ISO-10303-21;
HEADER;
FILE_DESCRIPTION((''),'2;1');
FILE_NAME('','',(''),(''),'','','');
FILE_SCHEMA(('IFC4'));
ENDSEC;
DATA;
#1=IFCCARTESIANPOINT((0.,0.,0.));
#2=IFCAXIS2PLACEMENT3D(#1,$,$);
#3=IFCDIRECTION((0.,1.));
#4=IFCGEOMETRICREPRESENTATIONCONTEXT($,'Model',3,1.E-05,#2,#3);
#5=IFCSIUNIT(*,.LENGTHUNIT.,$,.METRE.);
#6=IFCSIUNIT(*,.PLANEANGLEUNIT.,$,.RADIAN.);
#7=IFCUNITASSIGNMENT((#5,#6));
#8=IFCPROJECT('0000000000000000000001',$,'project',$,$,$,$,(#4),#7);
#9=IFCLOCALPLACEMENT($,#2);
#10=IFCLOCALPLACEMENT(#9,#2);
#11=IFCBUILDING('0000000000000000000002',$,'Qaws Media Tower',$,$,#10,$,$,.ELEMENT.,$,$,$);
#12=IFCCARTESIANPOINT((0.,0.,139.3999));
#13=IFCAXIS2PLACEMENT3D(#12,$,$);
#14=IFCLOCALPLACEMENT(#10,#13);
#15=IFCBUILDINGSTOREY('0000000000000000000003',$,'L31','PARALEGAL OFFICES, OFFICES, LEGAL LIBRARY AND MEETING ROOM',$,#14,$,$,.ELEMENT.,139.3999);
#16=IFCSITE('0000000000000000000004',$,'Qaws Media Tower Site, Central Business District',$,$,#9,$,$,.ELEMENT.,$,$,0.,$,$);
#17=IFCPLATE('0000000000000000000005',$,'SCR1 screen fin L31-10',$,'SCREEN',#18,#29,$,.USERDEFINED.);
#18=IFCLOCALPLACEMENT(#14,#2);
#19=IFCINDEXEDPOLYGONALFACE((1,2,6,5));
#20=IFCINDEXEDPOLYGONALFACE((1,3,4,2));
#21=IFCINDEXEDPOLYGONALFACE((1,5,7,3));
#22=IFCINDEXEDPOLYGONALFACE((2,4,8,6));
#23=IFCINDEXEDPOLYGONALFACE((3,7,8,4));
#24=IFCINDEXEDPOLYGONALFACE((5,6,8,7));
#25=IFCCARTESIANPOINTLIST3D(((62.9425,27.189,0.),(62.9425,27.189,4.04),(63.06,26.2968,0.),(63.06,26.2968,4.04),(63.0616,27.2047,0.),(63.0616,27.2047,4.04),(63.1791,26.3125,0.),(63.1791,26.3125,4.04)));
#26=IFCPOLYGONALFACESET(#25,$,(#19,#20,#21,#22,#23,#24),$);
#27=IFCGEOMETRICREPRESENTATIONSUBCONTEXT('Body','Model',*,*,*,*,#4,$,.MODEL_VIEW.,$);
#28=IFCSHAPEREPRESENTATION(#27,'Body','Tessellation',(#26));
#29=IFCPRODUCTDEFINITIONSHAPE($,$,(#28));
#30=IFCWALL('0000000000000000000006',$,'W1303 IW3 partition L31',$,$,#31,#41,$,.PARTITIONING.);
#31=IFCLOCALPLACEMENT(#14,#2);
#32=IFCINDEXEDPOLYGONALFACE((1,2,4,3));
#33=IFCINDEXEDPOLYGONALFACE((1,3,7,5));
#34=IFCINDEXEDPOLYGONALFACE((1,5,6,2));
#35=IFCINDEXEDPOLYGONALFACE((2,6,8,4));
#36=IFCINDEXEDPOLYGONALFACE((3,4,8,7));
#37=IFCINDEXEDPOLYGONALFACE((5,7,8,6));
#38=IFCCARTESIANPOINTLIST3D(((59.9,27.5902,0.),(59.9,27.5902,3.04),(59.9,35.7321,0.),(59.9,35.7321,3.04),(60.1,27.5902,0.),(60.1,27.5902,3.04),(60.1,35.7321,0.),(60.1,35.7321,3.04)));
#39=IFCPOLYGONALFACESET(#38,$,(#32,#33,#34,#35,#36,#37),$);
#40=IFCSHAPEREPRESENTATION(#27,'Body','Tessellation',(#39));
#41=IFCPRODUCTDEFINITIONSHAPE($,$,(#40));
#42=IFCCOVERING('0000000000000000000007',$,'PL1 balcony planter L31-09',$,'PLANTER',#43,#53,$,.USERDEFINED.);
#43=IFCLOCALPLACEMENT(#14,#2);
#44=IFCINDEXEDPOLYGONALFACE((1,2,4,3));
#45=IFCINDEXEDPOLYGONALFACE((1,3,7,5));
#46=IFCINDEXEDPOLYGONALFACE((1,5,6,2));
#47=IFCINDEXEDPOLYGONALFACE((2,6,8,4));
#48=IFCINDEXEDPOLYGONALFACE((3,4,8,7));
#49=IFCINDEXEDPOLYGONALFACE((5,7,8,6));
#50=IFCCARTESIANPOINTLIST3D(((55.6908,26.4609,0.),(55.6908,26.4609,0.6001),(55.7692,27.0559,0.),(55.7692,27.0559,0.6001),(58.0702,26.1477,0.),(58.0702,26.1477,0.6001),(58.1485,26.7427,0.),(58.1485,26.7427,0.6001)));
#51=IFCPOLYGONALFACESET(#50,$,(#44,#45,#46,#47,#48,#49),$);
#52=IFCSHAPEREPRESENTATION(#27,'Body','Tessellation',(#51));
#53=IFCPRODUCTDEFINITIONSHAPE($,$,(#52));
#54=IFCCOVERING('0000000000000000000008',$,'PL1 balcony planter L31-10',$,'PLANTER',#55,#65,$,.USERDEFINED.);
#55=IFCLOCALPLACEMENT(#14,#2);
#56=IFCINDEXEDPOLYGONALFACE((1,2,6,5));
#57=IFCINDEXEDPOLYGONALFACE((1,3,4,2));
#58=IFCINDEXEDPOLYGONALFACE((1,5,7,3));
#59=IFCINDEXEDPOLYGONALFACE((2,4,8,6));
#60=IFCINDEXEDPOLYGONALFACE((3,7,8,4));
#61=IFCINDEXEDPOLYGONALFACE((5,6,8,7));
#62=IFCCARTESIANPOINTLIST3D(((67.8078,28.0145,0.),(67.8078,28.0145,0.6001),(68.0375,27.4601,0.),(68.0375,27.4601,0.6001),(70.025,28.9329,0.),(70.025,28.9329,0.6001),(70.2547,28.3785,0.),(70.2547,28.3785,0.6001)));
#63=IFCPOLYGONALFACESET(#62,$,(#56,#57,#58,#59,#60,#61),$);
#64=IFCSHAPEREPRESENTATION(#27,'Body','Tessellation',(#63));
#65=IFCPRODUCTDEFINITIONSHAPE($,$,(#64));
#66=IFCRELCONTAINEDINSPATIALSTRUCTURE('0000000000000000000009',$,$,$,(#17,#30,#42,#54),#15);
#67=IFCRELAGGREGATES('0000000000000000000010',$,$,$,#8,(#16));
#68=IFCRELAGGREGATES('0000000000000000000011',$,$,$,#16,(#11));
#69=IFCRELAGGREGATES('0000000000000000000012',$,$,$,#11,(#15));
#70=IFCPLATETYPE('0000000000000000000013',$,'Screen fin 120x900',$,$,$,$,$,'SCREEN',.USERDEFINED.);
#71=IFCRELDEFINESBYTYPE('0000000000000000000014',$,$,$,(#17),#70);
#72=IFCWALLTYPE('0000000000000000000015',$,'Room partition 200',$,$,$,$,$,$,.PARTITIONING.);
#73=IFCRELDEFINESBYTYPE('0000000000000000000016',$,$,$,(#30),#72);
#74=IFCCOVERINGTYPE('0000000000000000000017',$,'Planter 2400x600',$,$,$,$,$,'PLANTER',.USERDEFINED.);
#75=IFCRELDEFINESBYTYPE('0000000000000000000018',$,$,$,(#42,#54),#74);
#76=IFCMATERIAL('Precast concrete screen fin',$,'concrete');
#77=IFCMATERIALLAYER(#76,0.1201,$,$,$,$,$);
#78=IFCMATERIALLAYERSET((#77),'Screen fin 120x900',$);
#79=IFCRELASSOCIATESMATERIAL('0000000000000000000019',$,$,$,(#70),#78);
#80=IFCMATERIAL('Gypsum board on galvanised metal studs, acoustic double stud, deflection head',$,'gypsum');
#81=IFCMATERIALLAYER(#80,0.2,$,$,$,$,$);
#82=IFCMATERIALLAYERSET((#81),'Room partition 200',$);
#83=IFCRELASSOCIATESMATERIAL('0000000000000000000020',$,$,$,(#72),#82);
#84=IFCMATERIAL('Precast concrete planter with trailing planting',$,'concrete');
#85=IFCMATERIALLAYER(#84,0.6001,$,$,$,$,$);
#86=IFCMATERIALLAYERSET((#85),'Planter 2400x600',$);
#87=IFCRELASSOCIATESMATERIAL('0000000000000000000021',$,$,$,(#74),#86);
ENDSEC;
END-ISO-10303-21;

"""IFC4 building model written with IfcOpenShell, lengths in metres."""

from ifc_helpers import new_model, si_unit, direction, frame, frame_2d, origin, origin_2d, place, context, subcontext, project, spatial, rectangle, extrude, material, layer, layer_set, type_object, element, save


model = new_model("IFC4")

# Units and contexts
model_context = context("Model", 3, precision=1e-05, world=origin(), true_north=direction((0.0, 1.0)))
body_context = subcontext(model_context, "Body", "Model", "MODEL_VIEW")
ifc_project = project(units=[si_unit("LENGTHUNIT", "METRE"), si_unit("PLANEANGLEUNIT", "RADIAN")], contexts=[model_context])

# Site, building, storey
site_placement = place(None, origin())
site = spatial("IfcSite", under=ifc_project, at=site_placement, Name="Qaws Media Tower Site, Central Business District", CompositionType="ELEMENT", RefElevation=0.0)
building_placement = place(site_placement, origin())
building = spatial("IfcBuilding", under=site, at=building_placement, Name="Qaws Media Tower", CompositionType="ELEMENT")
storey_placement = place(building_placement, frame((0.0, 0.0, 139.3999)))
storey = spatial("IfcBuildingStorey", under=building, at=storey_placement, Name="L31", Description="PARALEGAL OFFICES, OFFICES, LEGAL LIBRARY AND MEETING ROOM", CompositionType="ELEMENT", Elevation=139.3999)

# Plate
ifc_material_1 = material(Name="Precast concrete screen fin", Category="concrete")
ifc_layer_1 = layer(ifc_material_1, 0.1201)
ifc_layer_set_1 = layer_set([ifc_layer_1], Name="Screen fin 120x900")
plate_type_1 = type_object("IfcPlateType", Name="Screen fin 120x900", ElementType="SCREEN", PredefinedType="USERDEFINED", material=ifc_layer_set_1)
plate_1_placement = place(storey_placement, frame((63.0608, 26.7507, 0.0), z_axis=(0.0, 0.0, 1.0), x_axis=(0.130526, -0.991445, 0.0)))
element("IfcPlate", 1, at=plate_1_placement, inside=storey, type_object=plate_type_1, Name="SCR1 screen fin L31-10", ObjectType="SCREEN", PredefinedType="USERDEFINED", context=body_context, shape_type="SweptSolid", body=[
    extrude(rectangle(XDim=0.8999, YDim=0.1201, at=origin_2d()), origin(), (0.0, 0.0, 1.0), 4.04),
])

# Wall
ifc_material_2 = material(Name="Gypsum board on galvanised metal studs, acoustic double stud, deflection head", Category="gypsum")
ifc_layer_2 = layer(ifc_material_2, 0.2)
ifc_layer_set_2 = layer_set([ifc_layer_2], Name="Room partition 200")
wall_type_1 = type_object("IfcWallType", Name="Room partition 200", PredefinedType="PARTITIONING", material=ifc_layer_set_2)
wall_1_placement = place(storey_placement, frame((60.0, 35.7319, 0.0), z_axis=(0.0, 0.0, 1.0), x_axis=(0.0, -1.0, 0.0)))
element("IfcWall", 2, at=wall_1_placement, inside=storey, type_object=wall_type_1, Name="W1303 IW3 partition L31", PredefinedType="PARTITIONING", context=body_context, shape_type="SweptSolid", body=[
    extrude(rectangle(XDim=8.1418, YDim=0.2, at=frame_2d((4.0708, 0.0))), origin(), (0.0, 0.0, 1.0), 3.04),
])

# Coverings
ifc_material_3 = material(Name="Precast concrete planter with trailing planting", Category="concrete")
ifc_layer_3 = layer(ifc_material_3, 0.6001)
ifc_layer_set_3 = layer_set([ifc_layer_3], Name="Planter 2400x600")
covering_type = type_object("IfcCoveringType", Name="Planter 2400x600", ElementType="PLANTER", PredefinedType="USERDEFINED", material=ifc_layer_set_3)
for number, where, z_axis, x_axis, name in (
    (3, (56.9197, 26.6018, 0.0), (0.0, 0.0, 1.0), (0.991445, -0.130526, 0.0), "PL1 balcony planter L31-09"),
    (4, (69.0312, 28.1965, 0.0), (0.0, 0.0, 1.0), (0.92388, 0.382683, 0.0), "PL1 balcony planter L31-10"),
):
    element("IfcCovering", number, at=place(storey_placement, frame(where, z_axis=z_axis, x_axis=x_axis)), inside=storey, type_object=covering_type, Name=name, ObjectType="PLANTER", PredefinedType="USERDEFINED", context=body_context, shape_type="SweptSolid", body=[
        extrude(rectangle(XDim=2.3999, YDim=0.6001, at=origin_2d()), origin(), (0.0, 0.0, 1.0), 0.6001),
    ])

save(model, "model.ifc")
